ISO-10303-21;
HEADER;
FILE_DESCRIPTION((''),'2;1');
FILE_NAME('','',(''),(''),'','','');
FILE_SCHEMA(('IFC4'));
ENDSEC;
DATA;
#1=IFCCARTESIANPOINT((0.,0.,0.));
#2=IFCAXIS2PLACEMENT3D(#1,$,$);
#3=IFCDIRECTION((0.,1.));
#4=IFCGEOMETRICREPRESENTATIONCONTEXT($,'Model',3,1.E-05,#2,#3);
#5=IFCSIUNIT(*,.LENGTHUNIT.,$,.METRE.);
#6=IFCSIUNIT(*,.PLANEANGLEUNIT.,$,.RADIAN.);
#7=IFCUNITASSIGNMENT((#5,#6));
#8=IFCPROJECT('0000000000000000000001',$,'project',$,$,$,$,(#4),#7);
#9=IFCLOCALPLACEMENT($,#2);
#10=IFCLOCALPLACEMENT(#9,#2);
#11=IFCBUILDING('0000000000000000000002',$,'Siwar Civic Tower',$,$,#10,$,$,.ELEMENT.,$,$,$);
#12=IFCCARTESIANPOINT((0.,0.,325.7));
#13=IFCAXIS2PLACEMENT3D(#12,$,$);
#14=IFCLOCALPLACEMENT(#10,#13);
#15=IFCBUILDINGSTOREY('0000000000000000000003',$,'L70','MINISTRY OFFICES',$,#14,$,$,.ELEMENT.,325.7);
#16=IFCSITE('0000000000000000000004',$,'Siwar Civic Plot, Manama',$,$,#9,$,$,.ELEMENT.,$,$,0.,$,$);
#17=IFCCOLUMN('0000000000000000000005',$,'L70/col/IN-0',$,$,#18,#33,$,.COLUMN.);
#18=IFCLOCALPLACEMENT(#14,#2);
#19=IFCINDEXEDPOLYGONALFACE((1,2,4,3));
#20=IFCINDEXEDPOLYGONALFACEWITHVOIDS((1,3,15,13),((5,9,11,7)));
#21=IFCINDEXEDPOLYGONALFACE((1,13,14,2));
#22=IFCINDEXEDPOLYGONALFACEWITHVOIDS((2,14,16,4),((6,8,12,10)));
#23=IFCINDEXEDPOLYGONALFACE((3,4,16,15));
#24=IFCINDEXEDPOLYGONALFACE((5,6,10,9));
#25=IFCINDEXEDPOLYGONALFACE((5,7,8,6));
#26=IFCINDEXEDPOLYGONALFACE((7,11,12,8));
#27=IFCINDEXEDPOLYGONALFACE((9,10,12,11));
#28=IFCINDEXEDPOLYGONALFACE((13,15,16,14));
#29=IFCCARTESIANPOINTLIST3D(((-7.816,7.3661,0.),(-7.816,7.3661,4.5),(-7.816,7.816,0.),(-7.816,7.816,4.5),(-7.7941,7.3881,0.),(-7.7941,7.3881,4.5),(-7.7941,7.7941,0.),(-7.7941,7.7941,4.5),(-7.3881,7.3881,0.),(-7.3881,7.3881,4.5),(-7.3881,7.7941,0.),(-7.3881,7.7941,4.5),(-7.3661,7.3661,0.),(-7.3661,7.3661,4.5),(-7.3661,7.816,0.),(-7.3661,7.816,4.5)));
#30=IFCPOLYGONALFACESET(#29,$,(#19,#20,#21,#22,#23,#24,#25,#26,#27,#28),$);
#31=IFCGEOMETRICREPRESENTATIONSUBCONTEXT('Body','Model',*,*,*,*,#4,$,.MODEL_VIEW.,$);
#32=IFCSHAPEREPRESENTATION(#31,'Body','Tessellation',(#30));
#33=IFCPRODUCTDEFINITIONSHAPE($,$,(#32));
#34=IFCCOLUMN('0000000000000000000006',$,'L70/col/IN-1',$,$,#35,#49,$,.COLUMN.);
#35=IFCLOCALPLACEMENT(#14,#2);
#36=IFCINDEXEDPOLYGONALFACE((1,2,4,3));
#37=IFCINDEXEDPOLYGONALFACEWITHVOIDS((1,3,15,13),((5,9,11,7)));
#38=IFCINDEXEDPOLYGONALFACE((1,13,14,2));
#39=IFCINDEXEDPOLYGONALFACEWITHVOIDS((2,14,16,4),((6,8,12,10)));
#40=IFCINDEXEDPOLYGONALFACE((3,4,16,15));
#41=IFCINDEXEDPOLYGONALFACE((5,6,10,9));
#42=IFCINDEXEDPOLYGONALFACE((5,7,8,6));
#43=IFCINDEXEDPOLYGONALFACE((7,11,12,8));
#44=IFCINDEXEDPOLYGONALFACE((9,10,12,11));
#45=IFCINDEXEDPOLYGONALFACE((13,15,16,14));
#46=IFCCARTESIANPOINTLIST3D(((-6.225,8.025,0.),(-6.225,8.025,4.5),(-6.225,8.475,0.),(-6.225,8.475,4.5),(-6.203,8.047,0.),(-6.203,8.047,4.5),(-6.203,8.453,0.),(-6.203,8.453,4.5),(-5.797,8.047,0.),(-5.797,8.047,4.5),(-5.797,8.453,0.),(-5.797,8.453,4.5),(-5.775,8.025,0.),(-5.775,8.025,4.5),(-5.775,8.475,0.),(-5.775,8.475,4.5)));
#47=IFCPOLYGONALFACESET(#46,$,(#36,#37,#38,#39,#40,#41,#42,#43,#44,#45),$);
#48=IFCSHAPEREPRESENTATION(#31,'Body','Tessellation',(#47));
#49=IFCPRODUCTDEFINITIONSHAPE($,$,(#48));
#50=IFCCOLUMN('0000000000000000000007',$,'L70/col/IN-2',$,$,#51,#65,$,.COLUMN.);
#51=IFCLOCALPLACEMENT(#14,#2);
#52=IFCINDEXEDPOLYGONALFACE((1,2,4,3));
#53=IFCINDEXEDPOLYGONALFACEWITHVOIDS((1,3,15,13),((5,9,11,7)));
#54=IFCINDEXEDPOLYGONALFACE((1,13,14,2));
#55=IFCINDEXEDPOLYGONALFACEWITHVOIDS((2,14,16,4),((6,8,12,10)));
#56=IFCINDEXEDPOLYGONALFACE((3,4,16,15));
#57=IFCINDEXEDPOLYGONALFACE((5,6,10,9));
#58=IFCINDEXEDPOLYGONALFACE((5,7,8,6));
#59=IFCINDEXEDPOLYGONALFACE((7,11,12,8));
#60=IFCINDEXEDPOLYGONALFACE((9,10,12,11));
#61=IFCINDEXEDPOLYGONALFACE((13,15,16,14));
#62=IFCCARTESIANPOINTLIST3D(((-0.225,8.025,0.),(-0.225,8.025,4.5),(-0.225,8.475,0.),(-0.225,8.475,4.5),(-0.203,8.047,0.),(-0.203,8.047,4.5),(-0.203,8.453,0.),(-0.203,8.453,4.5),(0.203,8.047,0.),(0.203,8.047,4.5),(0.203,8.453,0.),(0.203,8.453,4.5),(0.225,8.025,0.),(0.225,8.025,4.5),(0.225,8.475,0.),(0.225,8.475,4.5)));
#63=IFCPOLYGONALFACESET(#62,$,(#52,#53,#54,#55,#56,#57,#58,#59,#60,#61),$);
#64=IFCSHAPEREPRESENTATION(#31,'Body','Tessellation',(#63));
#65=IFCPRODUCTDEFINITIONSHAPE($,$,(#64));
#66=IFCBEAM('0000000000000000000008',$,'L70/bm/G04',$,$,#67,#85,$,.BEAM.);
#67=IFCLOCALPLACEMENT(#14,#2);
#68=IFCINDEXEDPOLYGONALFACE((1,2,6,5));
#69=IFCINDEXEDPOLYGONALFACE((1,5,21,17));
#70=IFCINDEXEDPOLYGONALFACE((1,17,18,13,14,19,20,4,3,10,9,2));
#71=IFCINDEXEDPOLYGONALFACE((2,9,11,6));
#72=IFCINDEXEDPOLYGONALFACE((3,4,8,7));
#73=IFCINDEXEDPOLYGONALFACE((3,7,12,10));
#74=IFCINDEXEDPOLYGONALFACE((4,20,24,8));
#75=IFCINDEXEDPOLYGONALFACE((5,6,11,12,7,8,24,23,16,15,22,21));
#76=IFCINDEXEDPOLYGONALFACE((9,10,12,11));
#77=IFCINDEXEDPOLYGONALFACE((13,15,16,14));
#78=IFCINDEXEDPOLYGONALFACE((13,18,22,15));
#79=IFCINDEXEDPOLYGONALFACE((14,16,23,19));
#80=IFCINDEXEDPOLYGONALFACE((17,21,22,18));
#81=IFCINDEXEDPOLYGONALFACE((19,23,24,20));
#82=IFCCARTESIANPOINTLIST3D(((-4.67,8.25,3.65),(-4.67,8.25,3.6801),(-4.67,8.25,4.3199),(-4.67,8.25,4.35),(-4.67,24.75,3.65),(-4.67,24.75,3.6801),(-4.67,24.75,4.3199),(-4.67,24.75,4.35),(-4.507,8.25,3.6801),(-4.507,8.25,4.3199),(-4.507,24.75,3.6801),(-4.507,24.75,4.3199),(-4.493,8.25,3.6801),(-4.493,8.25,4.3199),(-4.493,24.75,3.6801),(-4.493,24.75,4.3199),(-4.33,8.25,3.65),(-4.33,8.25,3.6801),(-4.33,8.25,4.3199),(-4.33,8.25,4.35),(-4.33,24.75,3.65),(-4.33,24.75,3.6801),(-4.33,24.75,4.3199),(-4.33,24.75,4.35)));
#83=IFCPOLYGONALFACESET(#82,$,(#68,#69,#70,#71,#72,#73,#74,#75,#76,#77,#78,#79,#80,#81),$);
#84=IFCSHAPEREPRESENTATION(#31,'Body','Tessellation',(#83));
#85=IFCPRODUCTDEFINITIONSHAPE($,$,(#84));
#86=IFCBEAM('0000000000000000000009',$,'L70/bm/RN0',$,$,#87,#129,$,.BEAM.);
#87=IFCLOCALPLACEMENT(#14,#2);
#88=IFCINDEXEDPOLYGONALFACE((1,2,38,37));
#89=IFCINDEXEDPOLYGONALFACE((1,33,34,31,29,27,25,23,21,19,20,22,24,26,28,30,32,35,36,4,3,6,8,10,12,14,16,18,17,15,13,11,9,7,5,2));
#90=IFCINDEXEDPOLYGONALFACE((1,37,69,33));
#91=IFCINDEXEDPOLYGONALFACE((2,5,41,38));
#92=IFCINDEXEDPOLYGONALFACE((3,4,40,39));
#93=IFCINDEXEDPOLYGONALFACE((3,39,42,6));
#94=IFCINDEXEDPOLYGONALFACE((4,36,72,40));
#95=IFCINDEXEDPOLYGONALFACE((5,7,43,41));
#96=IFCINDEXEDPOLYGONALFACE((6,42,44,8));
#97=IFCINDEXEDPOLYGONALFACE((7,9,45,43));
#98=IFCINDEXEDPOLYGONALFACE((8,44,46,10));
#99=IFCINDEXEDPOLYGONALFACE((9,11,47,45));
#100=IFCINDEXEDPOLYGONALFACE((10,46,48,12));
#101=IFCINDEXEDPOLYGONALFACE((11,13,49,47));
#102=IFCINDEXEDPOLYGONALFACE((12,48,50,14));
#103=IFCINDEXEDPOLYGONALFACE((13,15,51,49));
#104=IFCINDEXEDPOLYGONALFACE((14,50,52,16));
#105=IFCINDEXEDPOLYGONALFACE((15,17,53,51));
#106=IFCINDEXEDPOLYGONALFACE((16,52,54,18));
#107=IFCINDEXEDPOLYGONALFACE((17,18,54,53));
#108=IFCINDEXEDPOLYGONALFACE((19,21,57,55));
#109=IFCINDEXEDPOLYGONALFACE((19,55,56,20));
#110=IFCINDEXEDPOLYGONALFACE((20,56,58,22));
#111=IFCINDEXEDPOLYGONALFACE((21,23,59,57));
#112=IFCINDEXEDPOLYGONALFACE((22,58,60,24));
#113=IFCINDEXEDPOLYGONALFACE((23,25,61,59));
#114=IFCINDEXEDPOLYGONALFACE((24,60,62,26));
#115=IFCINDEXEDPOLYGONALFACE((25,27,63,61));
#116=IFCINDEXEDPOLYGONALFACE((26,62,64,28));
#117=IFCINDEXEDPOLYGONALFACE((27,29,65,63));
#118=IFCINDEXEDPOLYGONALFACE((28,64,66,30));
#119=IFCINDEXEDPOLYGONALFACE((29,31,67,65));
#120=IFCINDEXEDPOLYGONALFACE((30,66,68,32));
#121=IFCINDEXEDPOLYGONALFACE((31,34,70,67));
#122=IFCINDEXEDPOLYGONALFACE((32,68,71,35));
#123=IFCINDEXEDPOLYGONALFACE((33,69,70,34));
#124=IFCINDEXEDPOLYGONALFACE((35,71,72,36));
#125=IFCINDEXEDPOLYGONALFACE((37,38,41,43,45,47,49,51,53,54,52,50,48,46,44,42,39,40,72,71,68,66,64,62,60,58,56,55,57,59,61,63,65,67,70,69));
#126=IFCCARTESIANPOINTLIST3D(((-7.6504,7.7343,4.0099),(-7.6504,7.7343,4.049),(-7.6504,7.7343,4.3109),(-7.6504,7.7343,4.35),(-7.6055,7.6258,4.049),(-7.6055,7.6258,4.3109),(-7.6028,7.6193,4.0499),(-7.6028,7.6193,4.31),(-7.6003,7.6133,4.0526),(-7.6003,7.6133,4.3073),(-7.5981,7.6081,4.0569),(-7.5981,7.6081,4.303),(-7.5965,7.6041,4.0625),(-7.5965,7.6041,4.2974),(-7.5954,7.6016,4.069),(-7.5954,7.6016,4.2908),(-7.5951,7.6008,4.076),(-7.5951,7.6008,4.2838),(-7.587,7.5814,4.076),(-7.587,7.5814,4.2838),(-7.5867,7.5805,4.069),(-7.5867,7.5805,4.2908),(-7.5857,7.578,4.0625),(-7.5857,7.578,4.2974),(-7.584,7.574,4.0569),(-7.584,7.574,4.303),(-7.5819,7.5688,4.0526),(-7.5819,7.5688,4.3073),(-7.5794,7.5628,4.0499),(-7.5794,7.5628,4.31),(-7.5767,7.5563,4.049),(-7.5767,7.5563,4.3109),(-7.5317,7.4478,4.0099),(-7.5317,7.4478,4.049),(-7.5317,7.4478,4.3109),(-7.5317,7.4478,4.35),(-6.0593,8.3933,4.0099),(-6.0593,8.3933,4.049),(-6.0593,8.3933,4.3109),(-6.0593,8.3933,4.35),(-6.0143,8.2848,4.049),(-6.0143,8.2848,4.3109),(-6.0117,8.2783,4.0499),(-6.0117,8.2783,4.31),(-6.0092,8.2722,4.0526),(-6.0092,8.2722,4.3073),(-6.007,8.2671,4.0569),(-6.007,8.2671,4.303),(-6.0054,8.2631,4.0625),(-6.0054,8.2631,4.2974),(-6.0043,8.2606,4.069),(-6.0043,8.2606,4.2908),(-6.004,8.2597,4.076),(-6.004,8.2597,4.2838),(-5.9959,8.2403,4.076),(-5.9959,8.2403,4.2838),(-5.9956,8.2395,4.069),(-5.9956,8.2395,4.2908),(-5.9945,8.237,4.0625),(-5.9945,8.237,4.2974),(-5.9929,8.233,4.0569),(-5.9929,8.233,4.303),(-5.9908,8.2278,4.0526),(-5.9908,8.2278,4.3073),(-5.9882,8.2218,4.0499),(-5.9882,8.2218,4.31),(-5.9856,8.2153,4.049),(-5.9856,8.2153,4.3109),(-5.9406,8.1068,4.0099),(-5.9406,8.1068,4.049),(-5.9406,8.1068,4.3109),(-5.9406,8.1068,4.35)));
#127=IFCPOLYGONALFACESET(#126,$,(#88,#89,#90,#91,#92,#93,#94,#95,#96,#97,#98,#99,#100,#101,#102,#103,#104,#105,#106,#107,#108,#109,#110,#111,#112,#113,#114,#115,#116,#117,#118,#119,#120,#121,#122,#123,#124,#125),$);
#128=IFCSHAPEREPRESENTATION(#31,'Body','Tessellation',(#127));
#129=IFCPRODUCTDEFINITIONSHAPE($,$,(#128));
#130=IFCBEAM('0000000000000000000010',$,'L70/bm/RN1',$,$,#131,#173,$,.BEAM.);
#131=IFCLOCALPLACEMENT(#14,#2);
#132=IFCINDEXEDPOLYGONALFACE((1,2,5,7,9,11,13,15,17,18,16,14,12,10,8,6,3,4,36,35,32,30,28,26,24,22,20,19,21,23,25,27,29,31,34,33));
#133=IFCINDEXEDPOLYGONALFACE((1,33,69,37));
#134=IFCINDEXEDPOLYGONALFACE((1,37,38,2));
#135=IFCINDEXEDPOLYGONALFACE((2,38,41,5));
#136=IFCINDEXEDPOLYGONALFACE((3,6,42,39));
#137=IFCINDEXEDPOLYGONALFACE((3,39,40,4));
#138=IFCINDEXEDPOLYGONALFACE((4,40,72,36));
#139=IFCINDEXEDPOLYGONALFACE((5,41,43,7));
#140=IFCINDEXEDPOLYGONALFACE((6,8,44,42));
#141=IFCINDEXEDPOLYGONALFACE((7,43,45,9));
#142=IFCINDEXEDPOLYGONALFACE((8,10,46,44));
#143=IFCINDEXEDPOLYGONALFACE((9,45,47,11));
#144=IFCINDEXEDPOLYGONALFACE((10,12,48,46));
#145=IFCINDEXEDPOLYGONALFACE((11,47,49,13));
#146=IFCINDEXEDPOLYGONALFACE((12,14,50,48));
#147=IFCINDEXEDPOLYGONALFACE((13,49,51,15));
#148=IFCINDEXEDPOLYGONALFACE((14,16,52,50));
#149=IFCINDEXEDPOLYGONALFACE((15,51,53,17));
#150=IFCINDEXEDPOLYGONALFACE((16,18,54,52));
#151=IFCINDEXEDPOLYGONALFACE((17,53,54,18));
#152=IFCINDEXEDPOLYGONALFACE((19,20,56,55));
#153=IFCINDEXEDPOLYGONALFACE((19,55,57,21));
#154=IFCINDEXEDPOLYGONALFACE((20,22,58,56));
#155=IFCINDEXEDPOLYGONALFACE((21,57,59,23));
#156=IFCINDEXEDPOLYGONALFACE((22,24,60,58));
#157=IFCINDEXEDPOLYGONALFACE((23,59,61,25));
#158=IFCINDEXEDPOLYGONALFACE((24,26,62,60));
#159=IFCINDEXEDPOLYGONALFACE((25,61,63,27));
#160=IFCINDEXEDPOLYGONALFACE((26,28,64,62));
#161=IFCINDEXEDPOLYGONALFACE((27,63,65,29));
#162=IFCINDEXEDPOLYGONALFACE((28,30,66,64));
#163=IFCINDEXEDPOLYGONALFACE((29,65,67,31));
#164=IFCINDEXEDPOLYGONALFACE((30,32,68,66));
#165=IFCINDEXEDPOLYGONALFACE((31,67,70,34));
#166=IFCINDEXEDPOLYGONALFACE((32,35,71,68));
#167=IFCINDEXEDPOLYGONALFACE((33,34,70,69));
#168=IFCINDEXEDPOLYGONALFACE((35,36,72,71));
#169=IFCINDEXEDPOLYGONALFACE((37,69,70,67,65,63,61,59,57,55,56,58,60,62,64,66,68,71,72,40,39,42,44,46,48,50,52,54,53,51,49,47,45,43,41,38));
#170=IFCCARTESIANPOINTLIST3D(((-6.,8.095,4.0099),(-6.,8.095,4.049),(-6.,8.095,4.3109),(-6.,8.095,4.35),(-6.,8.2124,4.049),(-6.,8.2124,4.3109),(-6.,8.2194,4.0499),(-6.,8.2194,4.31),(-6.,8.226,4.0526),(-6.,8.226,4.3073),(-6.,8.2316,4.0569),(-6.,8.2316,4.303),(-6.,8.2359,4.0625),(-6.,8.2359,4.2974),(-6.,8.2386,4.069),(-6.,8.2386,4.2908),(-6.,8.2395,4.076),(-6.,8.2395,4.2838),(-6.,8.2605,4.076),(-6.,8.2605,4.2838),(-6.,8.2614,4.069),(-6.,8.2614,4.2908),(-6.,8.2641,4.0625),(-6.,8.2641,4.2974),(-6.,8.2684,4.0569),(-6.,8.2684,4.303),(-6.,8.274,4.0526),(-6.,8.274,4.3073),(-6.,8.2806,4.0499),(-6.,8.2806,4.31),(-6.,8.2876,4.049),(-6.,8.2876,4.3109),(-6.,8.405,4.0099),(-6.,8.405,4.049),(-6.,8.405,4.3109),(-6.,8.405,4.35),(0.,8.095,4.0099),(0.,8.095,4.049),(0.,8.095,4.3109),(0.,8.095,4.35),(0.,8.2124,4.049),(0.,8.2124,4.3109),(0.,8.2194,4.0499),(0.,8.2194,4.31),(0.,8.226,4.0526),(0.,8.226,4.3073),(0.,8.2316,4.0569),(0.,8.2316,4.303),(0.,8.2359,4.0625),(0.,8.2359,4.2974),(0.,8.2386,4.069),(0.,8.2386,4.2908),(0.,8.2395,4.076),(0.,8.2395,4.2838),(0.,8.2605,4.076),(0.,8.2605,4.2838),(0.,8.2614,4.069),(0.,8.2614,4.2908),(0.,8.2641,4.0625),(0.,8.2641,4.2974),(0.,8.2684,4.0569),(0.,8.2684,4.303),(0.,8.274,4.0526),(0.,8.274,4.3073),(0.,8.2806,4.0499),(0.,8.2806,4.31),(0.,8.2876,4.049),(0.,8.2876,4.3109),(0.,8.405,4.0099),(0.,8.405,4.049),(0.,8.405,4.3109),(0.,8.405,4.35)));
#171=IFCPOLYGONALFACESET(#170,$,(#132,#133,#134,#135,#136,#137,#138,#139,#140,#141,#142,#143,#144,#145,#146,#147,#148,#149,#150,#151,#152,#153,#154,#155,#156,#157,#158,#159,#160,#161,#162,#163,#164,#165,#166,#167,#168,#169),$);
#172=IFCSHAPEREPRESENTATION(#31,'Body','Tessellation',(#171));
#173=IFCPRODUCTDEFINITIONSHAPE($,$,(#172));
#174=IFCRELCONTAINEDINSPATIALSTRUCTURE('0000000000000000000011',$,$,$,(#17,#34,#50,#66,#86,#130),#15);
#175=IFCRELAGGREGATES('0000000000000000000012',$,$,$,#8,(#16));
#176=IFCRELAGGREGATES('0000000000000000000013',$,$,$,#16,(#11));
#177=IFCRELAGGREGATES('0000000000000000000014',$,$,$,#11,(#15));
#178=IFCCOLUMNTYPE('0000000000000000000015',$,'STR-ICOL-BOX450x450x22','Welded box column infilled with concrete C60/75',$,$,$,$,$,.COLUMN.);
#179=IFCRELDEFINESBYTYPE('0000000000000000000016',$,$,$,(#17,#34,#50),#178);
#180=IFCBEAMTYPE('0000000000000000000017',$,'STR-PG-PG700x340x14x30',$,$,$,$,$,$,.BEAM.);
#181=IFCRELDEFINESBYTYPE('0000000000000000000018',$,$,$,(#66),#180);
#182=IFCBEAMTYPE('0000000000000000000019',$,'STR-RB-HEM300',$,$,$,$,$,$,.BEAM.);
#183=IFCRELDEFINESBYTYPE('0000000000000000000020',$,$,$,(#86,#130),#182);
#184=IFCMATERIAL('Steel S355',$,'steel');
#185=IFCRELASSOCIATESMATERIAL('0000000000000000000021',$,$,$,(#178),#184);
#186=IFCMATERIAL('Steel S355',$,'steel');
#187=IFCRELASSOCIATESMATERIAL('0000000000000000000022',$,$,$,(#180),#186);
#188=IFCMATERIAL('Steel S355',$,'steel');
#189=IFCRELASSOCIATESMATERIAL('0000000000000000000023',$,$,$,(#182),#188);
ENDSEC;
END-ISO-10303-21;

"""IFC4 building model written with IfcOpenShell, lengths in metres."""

from ifc_helpers import new_model, si_unit, direction, frame, origin, origin_2d, place, context, subcontext, project, spatial, hollow_rectangle, i_section, extrude, material, material_profile, profile_set, type_object, element, save


model = new_model("IFC4")

# Units and contexts
model_context = context("Model", 3, precision=1e-05, world=origin(), true_north=direction((0.0, 1.0)))
body_context = subcontext(model_context, "Body", "Model", "MODEL_VIEW")
ifc_project = project(units=[si_unit("LENGTHUNIT", "METRE"), si_unit("PLANEANGLEUNIT", "RADIAN")], contexts=[model_context])

# Site, building, storey
site_placement = place(None, origin())
site = spatial("IfcSite", under=ifc_project, at=site_placement, Name="Siwar Civic Plot, Manama", CompositionType="ELEMENT", RefElevation=0.0)
building_placement = place(site_placement, origin())
building = spatial("IfcBuilding", under=site, at=building_placement, Name="Siwar Civic Tower", CompositionType="ELEMENT")
storey_placement = place(building_placement, frame((0.0, 0.0, 325.7)))
storey = spatial("IfcBuildingStorey", under=building, at=storey_placement, Name="L70", Description="MINISTRY OFFICES", CompositionType="ELEMENT", Elevation=325.7)

# Columns
ifc_material_1 = material(Name="Steel S355", Category="steel")
ifc_material_profile_1 = material_profile(ifc_material_1, hollow_rectangle(XDim=0.45, YDim=0.45, WallThickness=0.022, at=origin_2d()), Name="BOX450x450x22")
ifc_profile_set_1 = profile_set([ifc_material_profile_1], Name="Steel S355")
column_type = type_object("IfcColumnType", Name="STR-ICOL-BOX450x450x22", Description="Welded box column infilled with concrete C60/75", PredefinedType="COLUMN", material=ifc_profile_set_1)
for number, where, z_axis, x_axis, name in (
    (1, (-7.5911, 7.5911, 0.0), (0.0, 0.0, 1.0), (1.0, 0.0, 0.0), "L70/col/IN-0"),
    (2, (-6.0, 8.25, 0.0), (0.0, 0.0, 1.0), (1.0, 0.0, 0.0), "L70/col/IN-1"),
    (3, (0.0, 8.25, 0.0), (0.0, 0.0, 1.0), (1.0, 0.0, 0.0), "L70/col/IN-2"),
):
    element("IfcColumn", number, at=place(storey_placement, frame(where, z_axis=z_axis, x_axis=x_axis)), inside=storey, type_object=column_type, Name=name, PredefinedType="COLUMN", context=body_context, shape_type="SweptSolid", body=[
        extrude(hollow_rectangle(XDim=0.45, YDim=0.45, WallThickness=0.022, at=origin_2d()), origin(), (0.0, 0.0, 1.0), 4.5),
    ])

# Beams
ifc_material_2 = material(Name="Steel S355", Category="steel")
ifc_material_profile_2 = material_profile(ifc_material_2, i_section(OverallWidth=0.3401, OverallDepth=0.7, WebThickness=0.0139, FlangeThickness=0.03, at=origin_2d()), Name="PG700x340x14x30")
ifc_profile_set_2 = profile_set([ifc_material_profile_2], Name="Steel S355")
beam_type_1 = type_object("IfcBeamType", Name="STR-PG-PG700x340x14x30", PredefinedType="BEAM", material=ifc_profile_set_2)
beam_1_placement = place(storey_placement, frame((-4.5, 8.25, 4.0), z_axis=(0.0, 1.0, 0.0), x_axis=(-1.0, 0.0, 0.0)))
element("IfcBeam", 4, at=beam_1_placement, inside=storey, type_object=beam_type_1, Name="L70/bm/G04", PredefinedType="BEAM", context=body_context, shape_type="SweptSolid", body=[
    extrude(i_section(OverallWidth=0.3401, OverallDepth=0.7, WebThickness=0.0139, FlangeThickness=0.03, at=origin_2d()), origin(), (0.0, 0.0, 1.0), 16.5),
])
ifc_material_3 = material(Name="Steel S355", Category="steel")
ifc_material_profile_3 = material_profile(ifc_material_3, i_section(OverallWidth=0.3101, OverallDepth=0.3401, WebThickness=0.021, FlangeThickness=0.0391, FilletRadius=0.0271, at=origin_2d()), Name="HEM300")
ifc_profile_set_3 = profile_set([ifc_material_profile_3], Name="Steel S355")
beam_type_2 = type_object("IfcBeamType", Name="STR-RB-HEM300", PredefinedType="BEAM", material=ifc_profile_set_3)
beam_2_placement = place(storey_placement, frame((-7.5911, 7.5911, 4.1799), z_axis=(0.923901, 0.382631, 0.0), x_axis=(-0.382631, 0.923901, 0.0)))
element("IfcBeam", 5, at=beam_2_placement, inside=storey, type_object=beam_type_2, Name="L70/bm/RN0", PredefinedType="BEAM", context=body_context, shape_type="SweptSolid", body=[
    extrude(i_section(OverallWidth=0.3101, OverallDepth=0.3401, WebThickness=0.021, FlangeThickness=0.0391, FilletRadius=0.0271, at=origin_2d()), origin(), (0.0, 0.0, 1.0), 1.7222),
])
for number, where, z_axis, x_axis, name in (
    (6, (-6.0, 8.25, 4.1799), (1.0, 0.0, 0.0), (0.0, 1.0, 0.0), "L70/bm/RN1"),
):
    element("IfcBeam", number, at=place(storey_placement, frame(where, z_axis=z_axis, x_axis=x_axis)), inside=storey, type_object=beam_type_2, Name=name, PredefinedType="BEAM", context=body_context, shape_type="SweptSolid", body=[
        extrude(i_section(OverallWidth=0.3101, OverallDepth=0.3401, WebThickness=0.021, FlangeThickness=0.0391, FilletRadius=0.0271, at=origin_2d()), origin(), (0.0, 0.0, 1.0), 6.0),
    ])

save(model, "model.ifc")
